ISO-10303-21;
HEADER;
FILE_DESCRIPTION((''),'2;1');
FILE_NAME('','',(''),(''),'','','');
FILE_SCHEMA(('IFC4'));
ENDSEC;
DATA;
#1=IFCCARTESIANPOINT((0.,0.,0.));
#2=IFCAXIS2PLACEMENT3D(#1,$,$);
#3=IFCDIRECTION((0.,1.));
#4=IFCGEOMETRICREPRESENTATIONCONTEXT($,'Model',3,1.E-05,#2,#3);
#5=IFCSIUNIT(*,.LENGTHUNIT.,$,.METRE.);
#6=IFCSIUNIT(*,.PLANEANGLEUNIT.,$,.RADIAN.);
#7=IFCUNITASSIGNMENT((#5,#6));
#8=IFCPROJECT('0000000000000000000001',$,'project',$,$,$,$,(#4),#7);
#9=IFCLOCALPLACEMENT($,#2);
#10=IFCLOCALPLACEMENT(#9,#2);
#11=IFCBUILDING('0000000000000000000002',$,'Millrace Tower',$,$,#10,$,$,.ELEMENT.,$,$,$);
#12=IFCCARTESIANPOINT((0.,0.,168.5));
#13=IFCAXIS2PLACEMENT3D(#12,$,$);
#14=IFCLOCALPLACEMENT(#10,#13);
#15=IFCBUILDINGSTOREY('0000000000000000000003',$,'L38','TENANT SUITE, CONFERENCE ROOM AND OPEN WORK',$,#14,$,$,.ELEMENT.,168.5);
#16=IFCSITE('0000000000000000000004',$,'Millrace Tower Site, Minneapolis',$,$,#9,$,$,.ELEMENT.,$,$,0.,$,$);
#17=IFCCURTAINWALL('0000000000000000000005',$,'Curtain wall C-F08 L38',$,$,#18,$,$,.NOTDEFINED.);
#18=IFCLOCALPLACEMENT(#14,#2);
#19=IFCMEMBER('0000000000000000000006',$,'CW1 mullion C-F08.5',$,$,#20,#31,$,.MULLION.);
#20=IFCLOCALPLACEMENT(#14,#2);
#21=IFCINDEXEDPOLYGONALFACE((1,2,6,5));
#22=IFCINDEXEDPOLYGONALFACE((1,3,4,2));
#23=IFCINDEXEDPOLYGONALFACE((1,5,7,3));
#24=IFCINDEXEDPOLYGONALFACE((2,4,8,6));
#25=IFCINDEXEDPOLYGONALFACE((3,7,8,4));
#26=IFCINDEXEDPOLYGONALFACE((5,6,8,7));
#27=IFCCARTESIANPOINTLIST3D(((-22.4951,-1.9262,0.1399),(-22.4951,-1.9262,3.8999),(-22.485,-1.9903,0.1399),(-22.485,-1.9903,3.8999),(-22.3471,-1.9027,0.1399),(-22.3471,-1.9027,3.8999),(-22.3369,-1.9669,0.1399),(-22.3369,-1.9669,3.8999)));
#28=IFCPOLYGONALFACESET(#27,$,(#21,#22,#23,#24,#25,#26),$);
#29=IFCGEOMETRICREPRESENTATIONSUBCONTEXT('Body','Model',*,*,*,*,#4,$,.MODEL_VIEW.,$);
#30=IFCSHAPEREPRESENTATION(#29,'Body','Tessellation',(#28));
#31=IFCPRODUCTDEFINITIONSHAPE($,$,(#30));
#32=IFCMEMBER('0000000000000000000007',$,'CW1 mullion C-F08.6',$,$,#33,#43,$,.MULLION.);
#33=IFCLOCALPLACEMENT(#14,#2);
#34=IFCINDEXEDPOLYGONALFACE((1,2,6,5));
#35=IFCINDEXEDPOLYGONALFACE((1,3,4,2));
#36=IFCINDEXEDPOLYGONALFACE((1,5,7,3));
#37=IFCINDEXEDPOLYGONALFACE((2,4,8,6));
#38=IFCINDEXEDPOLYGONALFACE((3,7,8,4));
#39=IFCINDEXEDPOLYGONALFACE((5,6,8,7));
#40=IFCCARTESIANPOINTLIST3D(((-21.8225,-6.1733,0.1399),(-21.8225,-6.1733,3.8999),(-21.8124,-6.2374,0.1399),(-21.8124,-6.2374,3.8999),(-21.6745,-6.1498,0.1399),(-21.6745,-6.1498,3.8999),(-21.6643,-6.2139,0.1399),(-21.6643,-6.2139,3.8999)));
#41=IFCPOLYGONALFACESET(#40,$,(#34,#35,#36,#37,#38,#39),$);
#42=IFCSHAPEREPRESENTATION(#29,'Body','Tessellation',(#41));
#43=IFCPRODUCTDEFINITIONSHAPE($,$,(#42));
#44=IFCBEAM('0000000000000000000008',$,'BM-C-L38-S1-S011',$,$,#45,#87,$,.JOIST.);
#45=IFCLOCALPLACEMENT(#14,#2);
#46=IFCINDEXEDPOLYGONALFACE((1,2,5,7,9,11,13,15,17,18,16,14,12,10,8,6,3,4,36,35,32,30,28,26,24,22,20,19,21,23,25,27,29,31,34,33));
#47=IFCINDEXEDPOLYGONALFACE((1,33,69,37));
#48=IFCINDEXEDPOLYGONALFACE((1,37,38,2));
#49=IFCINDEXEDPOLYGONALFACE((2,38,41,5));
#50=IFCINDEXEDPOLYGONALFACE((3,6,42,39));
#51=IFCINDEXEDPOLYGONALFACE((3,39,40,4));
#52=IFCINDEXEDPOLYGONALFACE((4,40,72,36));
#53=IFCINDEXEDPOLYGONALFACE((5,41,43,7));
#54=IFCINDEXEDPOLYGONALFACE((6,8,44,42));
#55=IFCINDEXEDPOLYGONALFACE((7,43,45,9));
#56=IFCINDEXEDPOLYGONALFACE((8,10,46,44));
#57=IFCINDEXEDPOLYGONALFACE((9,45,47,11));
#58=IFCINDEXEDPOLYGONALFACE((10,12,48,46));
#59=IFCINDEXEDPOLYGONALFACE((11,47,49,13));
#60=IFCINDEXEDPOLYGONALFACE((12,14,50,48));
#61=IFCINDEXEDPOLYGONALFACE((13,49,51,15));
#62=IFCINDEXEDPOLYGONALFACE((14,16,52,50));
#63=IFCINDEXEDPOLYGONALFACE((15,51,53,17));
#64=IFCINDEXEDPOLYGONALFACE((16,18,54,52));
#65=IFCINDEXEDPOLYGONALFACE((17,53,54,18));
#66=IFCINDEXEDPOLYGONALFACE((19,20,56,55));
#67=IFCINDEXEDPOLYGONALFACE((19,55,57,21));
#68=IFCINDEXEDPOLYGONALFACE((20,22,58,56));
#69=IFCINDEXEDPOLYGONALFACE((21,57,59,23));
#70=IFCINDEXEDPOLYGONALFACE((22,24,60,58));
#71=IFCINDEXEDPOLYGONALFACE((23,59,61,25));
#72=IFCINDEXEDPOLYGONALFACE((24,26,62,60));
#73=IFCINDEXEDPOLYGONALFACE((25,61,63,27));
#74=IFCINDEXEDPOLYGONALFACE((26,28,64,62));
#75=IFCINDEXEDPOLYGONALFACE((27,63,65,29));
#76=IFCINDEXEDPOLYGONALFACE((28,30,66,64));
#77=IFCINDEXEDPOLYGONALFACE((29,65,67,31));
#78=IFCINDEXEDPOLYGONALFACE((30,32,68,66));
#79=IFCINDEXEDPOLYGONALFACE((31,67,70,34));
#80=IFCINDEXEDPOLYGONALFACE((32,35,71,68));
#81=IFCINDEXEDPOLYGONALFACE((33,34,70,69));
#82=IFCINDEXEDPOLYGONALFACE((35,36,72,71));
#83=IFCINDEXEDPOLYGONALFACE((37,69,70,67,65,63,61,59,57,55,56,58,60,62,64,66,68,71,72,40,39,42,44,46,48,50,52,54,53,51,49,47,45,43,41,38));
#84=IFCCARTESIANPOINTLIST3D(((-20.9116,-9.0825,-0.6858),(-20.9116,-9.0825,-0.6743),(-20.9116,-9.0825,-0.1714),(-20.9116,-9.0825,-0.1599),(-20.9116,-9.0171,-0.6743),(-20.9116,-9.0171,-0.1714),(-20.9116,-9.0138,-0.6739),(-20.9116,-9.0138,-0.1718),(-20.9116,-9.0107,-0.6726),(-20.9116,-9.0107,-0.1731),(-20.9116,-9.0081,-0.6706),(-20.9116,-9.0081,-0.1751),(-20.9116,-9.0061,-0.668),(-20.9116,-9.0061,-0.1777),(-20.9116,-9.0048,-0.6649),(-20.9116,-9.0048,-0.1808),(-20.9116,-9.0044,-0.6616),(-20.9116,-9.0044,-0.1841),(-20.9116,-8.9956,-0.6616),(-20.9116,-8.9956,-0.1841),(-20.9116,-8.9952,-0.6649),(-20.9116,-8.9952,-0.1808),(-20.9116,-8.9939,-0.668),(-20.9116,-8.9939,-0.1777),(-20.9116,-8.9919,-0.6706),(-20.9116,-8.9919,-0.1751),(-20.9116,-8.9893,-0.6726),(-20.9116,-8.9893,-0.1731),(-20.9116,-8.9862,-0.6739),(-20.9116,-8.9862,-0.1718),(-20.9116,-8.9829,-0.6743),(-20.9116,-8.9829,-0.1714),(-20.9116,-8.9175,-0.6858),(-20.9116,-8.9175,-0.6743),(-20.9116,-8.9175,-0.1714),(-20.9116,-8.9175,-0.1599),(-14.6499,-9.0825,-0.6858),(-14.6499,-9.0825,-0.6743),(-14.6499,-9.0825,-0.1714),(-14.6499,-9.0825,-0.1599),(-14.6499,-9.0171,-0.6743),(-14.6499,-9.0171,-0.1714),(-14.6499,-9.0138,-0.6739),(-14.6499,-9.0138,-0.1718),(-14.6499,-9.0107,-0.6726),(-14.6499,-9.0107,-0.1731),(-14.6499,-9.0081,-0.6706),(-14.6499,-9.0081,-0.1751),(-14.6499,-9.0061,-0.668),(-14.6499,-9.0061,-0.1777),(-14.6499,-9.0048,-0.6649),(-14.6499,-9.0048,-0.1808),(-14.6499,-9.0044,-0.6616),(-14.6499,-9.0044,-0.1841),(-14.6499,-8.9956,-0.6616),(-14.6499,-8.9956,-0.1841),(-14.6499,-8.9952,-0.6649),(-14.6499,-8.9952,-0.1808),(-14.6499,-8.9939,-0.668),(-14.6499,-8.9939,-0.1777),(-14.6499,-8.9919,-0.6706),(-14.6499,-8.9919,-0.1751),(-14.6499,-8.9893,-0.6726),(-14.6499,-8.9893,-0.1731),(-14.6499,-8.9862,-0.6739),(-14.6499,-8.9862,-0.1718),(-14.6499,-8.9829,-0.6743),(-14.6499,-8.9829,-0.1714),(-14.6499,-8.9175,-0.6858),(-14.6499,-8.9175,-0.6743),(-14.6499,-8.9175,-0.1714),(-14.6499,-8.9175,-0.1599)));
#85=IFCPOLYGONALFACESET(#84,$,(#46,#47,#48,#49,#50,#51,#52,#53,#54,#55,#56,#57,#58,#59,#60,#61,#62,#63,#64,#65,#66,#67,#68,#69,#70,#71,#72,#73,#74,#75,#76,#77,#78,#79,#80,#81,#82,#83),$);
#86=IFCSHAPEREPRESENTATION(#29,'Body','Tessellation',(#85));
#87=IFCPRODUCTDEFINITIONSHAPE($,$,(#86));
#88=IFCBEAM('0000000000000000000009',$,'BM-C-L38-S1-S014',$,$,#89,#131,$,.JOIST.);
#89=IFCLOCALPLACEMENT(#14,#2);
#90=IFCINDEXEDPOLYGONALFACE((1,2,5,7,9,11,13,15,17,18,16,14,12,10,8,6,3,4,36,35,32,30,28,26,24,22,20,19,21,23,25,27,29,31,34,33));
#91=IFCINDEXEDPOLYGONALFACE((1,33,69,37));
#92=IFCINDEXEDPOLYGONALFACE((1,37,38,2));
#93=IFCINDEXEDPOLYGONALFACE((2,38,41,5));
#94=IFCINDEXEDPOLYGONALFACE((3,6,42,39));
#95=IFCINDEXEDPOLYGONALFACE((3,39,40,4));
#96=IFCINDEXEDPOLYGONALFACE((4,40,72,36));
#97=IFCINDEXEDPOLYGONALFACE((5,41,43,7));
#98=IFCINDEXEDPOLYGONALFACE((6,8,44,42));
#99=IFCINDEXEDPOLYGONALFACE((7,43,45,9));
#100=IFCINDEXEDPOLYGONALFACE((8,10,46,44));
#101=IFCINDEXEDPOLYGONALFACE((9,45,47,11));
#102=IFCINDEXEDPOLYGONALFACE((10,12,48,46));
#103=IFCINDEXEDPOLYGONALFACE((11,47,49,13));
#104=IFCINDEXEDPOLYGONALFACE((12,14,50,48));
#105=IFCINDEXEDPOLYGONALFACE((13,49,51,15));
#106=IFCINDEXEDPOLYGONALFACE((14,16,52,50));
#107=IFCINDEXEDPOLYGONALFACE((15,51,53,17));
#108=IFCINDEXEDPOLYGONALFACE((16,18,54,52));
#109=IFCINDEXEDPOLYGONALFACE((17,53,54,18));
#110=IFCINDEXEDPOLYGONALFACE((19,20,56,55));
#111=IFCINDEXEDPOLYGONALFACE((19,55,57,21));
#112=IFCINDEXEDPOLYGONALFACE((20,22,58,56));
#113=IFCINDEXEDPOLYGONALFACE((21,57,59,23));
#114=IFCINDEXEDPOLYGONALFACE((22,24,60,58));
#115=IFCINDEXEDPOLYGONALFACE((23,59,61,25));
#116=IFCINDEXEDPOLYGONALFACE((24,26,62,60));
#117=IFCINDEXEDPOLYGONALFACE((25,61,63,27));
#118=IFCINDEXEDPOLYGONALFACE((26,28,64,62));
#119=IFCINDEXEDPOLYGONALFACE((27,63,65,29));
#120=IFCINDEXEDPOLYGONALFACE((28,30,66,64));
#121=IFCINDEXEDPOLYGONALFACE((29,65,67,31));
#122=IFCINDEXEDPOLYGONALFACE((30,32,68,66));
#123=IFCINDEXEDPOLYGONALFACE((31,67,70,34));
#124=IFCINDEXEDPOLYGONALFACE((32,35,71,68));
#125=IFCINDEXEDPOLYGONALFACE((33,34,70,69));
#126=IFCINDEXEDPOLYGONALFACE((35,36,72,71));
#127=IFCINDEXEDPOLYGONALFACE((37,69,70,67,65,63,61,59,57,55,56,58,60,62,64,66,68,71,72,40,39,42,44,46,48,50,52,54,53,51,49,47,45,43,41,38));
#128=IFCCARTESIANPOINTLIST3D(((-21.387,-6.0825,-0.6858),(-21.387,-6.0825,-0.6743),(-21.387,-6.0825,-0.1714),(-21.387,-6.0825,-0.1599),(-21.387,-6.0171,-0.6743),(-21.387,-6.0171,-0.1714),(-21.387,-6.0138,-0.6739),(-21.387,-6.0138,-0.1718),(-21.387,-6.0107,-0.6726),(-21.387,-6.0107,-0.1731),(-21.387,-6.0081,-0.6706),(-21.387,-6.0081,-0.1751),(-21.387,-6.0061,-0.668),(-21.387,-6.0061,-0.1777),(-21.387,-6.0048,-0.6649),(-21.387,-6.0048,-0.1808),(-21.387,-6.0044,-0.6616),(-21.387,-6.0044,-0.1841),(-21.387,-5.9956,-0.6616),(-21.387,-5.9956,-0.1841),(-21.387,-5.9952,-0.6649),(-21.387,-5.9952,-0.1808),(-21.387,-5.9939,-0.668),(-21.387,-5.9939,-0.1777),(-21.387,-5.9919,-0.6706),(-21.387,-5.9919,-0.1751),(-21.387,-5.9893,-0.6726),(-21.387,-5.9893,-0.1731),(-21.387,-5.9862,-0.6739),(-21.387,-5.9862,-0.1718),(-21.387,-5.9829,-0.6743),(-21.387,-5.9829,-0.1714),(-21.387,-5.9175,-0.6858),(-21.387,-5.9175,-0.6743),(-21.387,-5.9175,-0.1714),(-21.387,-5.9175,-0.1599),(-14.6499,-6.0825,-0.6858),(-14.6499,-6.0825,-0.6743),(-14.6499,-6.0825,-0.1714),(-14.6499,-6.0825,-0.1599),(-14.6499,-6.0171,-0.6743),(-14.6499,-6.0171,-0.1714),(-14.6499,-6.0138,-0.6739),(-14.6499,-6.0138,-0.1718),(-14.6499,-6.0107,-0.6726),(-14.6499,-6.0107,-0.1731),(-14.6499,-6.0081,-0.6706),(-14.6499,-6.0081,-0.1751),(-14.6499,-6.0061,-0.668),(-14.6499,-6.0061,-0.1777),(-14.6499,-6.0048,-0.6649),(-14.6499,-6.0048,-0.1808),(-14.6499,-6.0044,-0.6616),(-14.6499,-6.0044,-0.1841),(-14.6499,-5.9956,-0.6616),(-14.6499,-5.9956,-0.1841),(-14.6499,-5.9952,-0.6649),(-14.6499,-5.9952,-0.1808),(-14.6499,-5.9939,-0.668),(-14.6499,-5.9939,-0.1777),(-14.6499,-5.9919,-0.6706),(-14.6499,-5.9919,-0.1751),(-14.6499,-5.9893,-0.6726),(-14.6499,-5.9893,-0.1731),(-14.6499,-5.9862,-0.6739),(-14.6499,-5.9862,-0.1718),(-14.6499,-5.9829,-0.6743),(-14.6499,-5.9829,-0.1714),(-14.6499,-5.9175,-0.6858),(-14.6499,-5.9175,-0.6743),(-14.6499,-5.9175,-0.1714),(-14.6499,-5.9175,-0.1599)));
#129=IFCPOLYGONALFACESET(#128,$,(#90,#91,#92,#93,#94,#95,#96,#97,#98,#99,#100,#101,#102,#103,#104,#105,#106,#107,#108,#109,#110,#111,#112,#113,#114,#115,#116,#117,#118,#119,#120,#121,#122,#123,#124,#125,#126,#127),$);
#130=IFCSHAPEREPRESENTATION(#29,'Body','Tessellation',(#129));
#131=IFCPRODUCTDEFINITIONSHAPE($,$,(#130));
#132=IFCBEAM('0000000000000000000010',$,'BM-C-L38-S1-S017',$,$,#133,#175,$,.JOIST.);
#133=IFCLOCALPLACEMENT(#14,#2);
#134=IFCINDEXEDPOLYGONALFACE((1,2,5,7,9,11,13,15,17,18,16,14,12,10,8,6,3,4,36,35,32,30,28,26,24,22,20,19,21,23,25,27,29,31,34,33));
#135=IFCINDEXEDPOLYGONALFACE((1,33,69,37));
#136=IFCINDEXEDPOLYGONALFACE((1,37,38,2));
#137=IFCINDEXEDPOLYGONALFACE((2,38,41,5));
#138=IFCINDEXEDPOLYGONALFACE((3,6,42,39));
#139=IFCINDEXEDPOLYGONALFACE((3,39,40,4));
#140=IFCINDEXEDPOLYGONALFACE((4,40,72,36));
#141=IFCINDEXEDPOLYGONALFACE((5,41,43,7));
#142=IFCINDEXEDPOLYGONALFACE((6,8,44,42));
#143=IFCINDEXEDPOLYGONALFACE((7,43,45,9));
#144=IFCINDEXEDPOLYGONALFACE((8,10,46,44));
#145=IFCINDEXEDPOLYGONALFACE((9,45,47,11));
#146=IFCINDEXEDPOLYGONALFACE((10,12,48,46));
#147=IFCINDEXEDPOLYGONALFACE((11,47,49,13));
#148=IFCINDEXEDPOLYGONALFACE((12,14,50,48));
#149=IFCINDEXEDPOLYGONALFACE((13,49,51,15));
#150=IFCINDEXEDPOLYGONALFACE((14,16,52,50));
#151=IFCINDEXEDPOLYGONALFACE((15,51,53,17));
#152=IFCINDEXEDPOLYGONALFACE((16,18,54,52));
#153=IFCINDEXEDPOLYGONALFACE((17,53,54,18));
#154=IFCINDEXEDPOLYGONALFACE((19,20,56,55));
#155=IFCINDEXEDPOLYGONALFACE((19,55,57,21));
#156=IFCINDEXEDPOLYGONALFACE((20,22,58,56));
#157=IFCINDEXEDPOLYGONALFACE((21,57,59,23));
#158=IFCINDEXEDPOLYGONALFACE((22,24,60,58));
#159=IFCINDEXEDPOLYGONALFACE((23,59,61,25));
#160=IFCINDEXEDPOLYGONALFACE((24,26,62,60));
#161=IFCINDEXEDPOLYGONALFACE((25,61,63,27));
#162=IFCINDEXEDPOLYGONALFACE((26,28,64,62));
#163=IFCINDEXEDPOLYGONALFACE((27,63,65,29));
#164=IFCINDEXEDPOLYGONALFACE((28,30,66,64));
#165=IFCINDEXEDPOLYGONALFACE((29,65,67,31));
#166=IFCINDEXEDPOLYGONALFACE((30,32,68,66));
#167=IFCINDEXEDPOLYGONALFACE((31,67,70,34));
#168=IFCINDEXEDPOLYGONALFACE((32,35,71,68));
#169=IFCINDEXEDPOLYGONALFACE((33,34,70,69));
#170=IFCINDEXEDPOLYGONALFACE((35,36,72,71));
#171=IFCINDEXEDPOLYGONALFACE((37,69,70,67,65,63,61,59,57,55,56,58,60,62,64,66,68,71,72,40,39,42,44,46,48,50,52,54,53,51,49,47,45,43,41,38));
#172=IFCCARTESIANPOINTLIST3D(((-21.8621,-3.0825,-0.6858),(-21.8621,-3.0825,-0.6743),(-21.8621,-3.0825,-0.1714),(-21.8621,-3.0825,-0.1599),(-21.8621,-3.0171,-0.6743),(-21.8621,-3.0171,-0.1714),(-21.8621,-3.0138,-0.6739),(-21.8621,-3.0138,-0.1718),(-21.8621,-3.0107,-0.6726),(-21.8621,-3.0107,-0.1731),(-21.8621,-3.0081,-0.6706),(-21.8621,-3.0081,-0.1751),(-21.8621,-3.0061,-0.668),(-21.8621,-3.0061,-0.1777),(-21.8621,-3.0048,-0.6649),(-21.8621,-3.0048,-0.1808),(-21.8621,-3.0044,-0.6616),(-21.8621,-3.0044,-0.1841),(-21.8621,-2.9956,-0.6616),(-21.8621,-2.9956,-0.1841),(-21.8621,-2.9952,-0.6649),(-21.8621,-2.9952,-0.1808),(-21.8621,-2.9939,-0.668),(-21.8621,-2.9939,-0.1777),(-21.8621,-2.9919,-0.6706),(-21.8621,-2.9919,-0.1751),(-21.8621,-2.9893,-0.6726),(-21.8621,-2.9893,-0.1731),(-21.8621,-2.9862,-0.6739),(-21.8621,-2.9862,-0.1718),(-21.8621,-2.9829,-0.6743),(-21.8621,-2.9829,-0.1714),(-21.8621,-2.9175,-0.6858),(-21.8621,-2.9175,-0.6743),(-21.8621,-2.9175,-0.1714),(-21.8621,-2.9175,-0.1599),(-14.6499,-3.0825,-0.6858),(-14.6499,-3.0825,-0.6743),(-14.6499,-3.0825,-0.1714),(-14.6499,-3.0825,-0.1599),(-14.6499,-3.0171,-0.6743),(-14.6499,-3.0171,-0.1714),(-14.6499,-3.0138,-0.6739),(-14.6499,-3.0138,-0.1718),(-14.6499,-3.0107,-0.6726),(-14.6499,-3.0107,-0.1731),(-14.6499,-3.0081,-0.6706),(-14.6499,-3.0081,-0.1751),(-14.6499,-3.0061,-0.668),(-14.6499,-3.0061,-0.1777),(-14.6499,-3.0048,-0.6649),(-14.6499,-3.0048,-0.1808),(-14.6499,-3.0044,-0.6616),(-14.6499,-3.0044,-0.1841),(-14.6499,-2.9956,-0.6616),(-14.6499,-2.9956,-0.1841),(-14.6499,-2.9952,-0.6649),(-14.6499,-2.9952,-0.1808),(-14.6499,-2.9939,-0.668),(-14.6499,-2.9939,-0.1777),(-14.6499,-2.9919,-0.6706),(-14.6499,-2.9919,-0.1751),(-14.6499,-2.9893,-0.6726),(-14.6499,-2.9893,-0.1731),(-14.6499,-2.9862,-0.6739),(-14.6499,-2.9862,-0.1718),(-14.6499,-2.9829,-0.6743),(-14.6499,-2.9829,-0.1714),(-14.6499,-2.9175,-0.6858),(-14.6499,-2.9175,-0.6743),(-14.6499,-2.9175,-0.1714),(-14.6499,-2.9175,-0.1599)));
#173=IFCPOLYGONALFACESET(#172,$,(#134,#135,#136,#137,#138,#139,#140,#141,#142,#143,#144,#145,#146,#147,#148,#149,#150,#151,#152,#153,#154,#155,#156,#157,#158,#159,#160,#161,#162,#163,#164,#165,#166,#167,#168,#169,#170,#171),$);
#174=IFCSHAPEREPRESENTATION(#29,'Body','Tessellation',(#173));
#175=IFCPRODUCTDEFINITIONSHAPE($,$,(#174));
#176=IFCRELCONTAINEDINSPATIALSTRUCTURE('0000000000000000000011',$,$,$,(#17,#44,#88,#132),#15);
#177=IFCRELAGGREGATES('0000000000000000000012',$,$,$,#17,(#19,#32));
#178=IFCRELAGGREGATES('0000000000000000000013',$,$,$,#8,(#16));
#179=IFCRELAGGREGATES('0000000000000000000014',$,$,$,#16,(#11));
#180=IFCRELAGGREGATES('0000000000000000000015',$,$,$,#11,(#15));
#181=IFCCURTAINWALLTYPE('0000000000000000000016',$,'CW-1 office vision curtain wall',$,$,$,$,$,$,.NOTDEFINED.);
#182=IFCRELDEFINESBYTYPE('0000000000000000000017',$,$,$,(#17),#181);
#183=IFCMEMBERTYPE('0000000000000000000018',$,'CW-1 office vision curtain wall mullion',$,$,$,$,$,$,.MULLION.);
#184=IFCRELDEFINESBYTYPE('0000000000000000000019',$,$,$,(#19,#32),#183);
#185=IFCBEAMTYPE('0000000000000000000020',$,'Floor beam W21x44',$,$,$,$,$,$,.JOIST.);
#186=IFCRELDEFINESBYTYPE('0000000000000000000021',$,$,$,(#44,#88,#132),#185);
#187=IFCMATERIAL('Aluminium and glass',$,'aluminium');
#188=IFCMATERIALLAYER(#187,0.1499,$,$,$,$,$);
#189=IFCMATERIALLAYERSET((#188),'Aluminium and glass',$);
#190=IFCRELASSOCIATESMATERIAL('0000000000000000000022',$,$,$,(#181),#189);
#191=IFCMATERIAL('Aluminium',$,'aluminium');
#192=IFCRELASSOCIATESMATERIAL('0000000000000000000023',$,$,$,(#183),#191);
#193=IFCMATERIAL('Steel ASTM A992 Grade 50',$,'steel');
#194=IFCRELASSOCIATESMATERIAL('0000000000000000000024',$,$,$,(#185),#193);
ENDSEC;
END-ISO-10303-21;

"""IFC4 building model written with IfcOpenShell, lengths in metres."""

from ifc_helpers import new_model, si_unit, direction, frame, origin, origin_2d, place, context, subcontext, project, spatial, rectangle, i_section, extrude, material, layer, layer_set, material_profile, profile_set, type_object, element, aggregate, save


model = new_model("IFC4")

# Units and contexts
model_context = context("Model", 3, precision=1e-05, world=origin(), true_north=direction((0.0, 1.0)))
body_context = subcontext(model_context, "Body", "Model", "MODEL_VIEW")
ifc_project = project(units=[si_unit("LENGTHUNIT", "METRE"), si_unit("PLANEANGLEUNIT", "RADIAN")], contexts=[model_context])

# Site, building, storey
site_placement = place(None, origin())
site = spatial("IfcSite", under=ifc_project, at=site_placement, Name="Millrace Tower Site, Minneapolis", CompositionType="ELEMENT", RefElevation=0.0)
building_placement = place(site_placement, origin())
building = spatial("IfcBuilding", under=site, at=building_placement, Name="Millrace Tower", CompositionType="ELEMENT")
storey_placement = place(building_placement, frame((0.0, 0.0, 168.5)))
storey = spatial("IfcBuildingStorey", under=building, at=storey_placement, Name="L38", Description="TENANT SUITE, CONFERENCE ROOM AND OPEN WORK", CompositionType="ELEMENT", Elevation=168.5)

# Curtain wall, members
ifc_material_1 = material(Name="Aluminium and glass", Category="aluminium")
ifc_layer_1 = layer(ifc_material_1, 0.1499)
ifc_layer_set_1 = layer_set([ifc_layer_1], Name="Aluminium and glass")
curtain_wall_type = type_object("IfcCurtainWallType", Name="CW-1 office vision curtain wall", PredefinedType="NOTDEFINED", material=ifc_layer_set_1)
curtain_wall_placement = place(storey_placement, origin())
curtain_wall = element("IfcCurtainWall", 1, at=curtain_wall_placement, inside=storey, type_object=curtain_wall_type, Name="Curtain wall C-F08 L38", PredefinedType="NOTDEFINED")
ifc_material_2 = material(Name="Aluminium", Category="aluminium")
ifc_material_profile_1 = material_profile(ifc_material_2, rectangle(XDim=0.0649, YDim=0.1499, at=origin_2d()))
ifc_profile_set_1 = profile_set([ifc_material_profile_1], Name="Aluminium")
member_type = type_object("IfcMemberType", Name="CW-1 office vision curtain wall mullion", PredefinedType="MULLION", material=ifc_profile_set_1)
member_1_placement = place(storey_placement, frame((-22.416, -1.9465, 0.1399), z_axis=(0.0, 0.0, 1.0), x_axis=(0.156434, -0.987688, 0.0)))
member_1 = element("IfcMember", 2, at=member_1_placement, type_object=member_type, Name="CW1 mullion C-F08.5", PredefinedType="MULLION", context=body_context, shape_type="SweptSolid", body=[
    extrude(rectangle(XDim=0.0649, YDim=0.1499, at=origin_2d()), origin(), (0.0, 0.0, 1.0), 3.76),
])
member_2_placement = place(storey_placement, frame((-21.7434, -6.1936, 0.1399), z_axis=(0.0, 0.0, 1.0), x_axis=(0.156434, -0.987688, 0.0)))
member_2 = element("IfcMember", 3, at=member_2_placement, type_object=member_type, Name="CW1 mullion C-F08.6", PredefinedType="MULLION", context=body_context, shape_type="SweptSolid", body=[
    extrude(rectangle(XDim=0.0649, YDim=0.1499, at=origin_2d()), origin(), (0.0, 0.0, 1.0), 3.76),
])
aggregate(curtain_wall, [member_1, member_2])

# Beams
ifc_material_3 = material(Name="Steel ASTM A992 Grade 50", Category="steel")
ifc_material_profile_2 = material_profile(ifc_material_3, i_section(OverallWidth=0.165, OverallDepth=0.5259, WebThickness=0.0088, FlangeThickness=0.0115, FilletRadius=0.0127, at=origin_2d()))
ifc_profile_set_2 = profile_set([ifc_material_profile_2], Name="Steel ASTM A992 Grade 50")
beam_type = type_object("IfcBeamType", Name="Floor beam W21x44", PredefinedType="JOIST", material=ifc_profile_set_2)
beam_1_placement = place(storey_placement, frame((-20.9116, -9.0, -0.4229), z_axis=(1.0, 0.0, 0.0), x_axis=(0.0, 1.0, 0.0)))
element("IfcBeam", 4, at=beam_1_placement, inside=storey, type_object=beam_type, Name="BM-C-L38-S1-S011", PredefinedType="JOIST", context=body_context, shape_type="SweptSolid", body=[
    extrude(i_section(OverallWidth=0.165, OverallDepth=0.5259, WebThickness=0.0088, FlangeThickness=0.0115, FilletRadius=0.0127, at=origin_2d()), origin(), (0.0, 0.0, 1.0), 6.2617),
])
beam_2_placement = place(storey_placement, frame((-21.387, -6.0, -0.4229), z_axis=(1.0, 0.0, 0.0), x_axis=(0.0, 1.0, 0.0)))
element("IfcBeam", 5, at=beam_2_placement, inside=storey, type_object=beam_type, Name="BM-C-L38-S1-S014", PredefinedType="JOIST", context=body_context, shape_type="SweptSolid", body=[
    extrude(i_section(OverallWidth=0.165, OverallDepth=0.5259, WebThickness=0.0088, FlangeThickness=0.0115, FilletRadius=0.0127, at=origin_2d()), origin(), (0.0, 0.0, 1.0), 6.7371),
])
beam_3_placement = place(storey_placement, frame((-21.8621, -3.0, -0.4229), z_axis=(1.0, 0.0, 0.0), x_axis=(0.0, 1.0, 0.0)))
element("IfcBeam", 6, at=beam_3_placement, inside=storey, type_object=beam_type, Name="BM-C-L38-S1-S017", PredefinedType="JOIST", context=body_context, shape_type="SweptSolid", body=[
    extrude(i_section(OverallWidth=0.165, OverallDepth=0.5259, WebThickness=0.0088, FlangeThickness=0.0115, FilletRadius=0.0127, at=origin_2d()), origin(), (0.0, 0.0, 1.0), 7.2122),
])

save(model, "model.ifc")
